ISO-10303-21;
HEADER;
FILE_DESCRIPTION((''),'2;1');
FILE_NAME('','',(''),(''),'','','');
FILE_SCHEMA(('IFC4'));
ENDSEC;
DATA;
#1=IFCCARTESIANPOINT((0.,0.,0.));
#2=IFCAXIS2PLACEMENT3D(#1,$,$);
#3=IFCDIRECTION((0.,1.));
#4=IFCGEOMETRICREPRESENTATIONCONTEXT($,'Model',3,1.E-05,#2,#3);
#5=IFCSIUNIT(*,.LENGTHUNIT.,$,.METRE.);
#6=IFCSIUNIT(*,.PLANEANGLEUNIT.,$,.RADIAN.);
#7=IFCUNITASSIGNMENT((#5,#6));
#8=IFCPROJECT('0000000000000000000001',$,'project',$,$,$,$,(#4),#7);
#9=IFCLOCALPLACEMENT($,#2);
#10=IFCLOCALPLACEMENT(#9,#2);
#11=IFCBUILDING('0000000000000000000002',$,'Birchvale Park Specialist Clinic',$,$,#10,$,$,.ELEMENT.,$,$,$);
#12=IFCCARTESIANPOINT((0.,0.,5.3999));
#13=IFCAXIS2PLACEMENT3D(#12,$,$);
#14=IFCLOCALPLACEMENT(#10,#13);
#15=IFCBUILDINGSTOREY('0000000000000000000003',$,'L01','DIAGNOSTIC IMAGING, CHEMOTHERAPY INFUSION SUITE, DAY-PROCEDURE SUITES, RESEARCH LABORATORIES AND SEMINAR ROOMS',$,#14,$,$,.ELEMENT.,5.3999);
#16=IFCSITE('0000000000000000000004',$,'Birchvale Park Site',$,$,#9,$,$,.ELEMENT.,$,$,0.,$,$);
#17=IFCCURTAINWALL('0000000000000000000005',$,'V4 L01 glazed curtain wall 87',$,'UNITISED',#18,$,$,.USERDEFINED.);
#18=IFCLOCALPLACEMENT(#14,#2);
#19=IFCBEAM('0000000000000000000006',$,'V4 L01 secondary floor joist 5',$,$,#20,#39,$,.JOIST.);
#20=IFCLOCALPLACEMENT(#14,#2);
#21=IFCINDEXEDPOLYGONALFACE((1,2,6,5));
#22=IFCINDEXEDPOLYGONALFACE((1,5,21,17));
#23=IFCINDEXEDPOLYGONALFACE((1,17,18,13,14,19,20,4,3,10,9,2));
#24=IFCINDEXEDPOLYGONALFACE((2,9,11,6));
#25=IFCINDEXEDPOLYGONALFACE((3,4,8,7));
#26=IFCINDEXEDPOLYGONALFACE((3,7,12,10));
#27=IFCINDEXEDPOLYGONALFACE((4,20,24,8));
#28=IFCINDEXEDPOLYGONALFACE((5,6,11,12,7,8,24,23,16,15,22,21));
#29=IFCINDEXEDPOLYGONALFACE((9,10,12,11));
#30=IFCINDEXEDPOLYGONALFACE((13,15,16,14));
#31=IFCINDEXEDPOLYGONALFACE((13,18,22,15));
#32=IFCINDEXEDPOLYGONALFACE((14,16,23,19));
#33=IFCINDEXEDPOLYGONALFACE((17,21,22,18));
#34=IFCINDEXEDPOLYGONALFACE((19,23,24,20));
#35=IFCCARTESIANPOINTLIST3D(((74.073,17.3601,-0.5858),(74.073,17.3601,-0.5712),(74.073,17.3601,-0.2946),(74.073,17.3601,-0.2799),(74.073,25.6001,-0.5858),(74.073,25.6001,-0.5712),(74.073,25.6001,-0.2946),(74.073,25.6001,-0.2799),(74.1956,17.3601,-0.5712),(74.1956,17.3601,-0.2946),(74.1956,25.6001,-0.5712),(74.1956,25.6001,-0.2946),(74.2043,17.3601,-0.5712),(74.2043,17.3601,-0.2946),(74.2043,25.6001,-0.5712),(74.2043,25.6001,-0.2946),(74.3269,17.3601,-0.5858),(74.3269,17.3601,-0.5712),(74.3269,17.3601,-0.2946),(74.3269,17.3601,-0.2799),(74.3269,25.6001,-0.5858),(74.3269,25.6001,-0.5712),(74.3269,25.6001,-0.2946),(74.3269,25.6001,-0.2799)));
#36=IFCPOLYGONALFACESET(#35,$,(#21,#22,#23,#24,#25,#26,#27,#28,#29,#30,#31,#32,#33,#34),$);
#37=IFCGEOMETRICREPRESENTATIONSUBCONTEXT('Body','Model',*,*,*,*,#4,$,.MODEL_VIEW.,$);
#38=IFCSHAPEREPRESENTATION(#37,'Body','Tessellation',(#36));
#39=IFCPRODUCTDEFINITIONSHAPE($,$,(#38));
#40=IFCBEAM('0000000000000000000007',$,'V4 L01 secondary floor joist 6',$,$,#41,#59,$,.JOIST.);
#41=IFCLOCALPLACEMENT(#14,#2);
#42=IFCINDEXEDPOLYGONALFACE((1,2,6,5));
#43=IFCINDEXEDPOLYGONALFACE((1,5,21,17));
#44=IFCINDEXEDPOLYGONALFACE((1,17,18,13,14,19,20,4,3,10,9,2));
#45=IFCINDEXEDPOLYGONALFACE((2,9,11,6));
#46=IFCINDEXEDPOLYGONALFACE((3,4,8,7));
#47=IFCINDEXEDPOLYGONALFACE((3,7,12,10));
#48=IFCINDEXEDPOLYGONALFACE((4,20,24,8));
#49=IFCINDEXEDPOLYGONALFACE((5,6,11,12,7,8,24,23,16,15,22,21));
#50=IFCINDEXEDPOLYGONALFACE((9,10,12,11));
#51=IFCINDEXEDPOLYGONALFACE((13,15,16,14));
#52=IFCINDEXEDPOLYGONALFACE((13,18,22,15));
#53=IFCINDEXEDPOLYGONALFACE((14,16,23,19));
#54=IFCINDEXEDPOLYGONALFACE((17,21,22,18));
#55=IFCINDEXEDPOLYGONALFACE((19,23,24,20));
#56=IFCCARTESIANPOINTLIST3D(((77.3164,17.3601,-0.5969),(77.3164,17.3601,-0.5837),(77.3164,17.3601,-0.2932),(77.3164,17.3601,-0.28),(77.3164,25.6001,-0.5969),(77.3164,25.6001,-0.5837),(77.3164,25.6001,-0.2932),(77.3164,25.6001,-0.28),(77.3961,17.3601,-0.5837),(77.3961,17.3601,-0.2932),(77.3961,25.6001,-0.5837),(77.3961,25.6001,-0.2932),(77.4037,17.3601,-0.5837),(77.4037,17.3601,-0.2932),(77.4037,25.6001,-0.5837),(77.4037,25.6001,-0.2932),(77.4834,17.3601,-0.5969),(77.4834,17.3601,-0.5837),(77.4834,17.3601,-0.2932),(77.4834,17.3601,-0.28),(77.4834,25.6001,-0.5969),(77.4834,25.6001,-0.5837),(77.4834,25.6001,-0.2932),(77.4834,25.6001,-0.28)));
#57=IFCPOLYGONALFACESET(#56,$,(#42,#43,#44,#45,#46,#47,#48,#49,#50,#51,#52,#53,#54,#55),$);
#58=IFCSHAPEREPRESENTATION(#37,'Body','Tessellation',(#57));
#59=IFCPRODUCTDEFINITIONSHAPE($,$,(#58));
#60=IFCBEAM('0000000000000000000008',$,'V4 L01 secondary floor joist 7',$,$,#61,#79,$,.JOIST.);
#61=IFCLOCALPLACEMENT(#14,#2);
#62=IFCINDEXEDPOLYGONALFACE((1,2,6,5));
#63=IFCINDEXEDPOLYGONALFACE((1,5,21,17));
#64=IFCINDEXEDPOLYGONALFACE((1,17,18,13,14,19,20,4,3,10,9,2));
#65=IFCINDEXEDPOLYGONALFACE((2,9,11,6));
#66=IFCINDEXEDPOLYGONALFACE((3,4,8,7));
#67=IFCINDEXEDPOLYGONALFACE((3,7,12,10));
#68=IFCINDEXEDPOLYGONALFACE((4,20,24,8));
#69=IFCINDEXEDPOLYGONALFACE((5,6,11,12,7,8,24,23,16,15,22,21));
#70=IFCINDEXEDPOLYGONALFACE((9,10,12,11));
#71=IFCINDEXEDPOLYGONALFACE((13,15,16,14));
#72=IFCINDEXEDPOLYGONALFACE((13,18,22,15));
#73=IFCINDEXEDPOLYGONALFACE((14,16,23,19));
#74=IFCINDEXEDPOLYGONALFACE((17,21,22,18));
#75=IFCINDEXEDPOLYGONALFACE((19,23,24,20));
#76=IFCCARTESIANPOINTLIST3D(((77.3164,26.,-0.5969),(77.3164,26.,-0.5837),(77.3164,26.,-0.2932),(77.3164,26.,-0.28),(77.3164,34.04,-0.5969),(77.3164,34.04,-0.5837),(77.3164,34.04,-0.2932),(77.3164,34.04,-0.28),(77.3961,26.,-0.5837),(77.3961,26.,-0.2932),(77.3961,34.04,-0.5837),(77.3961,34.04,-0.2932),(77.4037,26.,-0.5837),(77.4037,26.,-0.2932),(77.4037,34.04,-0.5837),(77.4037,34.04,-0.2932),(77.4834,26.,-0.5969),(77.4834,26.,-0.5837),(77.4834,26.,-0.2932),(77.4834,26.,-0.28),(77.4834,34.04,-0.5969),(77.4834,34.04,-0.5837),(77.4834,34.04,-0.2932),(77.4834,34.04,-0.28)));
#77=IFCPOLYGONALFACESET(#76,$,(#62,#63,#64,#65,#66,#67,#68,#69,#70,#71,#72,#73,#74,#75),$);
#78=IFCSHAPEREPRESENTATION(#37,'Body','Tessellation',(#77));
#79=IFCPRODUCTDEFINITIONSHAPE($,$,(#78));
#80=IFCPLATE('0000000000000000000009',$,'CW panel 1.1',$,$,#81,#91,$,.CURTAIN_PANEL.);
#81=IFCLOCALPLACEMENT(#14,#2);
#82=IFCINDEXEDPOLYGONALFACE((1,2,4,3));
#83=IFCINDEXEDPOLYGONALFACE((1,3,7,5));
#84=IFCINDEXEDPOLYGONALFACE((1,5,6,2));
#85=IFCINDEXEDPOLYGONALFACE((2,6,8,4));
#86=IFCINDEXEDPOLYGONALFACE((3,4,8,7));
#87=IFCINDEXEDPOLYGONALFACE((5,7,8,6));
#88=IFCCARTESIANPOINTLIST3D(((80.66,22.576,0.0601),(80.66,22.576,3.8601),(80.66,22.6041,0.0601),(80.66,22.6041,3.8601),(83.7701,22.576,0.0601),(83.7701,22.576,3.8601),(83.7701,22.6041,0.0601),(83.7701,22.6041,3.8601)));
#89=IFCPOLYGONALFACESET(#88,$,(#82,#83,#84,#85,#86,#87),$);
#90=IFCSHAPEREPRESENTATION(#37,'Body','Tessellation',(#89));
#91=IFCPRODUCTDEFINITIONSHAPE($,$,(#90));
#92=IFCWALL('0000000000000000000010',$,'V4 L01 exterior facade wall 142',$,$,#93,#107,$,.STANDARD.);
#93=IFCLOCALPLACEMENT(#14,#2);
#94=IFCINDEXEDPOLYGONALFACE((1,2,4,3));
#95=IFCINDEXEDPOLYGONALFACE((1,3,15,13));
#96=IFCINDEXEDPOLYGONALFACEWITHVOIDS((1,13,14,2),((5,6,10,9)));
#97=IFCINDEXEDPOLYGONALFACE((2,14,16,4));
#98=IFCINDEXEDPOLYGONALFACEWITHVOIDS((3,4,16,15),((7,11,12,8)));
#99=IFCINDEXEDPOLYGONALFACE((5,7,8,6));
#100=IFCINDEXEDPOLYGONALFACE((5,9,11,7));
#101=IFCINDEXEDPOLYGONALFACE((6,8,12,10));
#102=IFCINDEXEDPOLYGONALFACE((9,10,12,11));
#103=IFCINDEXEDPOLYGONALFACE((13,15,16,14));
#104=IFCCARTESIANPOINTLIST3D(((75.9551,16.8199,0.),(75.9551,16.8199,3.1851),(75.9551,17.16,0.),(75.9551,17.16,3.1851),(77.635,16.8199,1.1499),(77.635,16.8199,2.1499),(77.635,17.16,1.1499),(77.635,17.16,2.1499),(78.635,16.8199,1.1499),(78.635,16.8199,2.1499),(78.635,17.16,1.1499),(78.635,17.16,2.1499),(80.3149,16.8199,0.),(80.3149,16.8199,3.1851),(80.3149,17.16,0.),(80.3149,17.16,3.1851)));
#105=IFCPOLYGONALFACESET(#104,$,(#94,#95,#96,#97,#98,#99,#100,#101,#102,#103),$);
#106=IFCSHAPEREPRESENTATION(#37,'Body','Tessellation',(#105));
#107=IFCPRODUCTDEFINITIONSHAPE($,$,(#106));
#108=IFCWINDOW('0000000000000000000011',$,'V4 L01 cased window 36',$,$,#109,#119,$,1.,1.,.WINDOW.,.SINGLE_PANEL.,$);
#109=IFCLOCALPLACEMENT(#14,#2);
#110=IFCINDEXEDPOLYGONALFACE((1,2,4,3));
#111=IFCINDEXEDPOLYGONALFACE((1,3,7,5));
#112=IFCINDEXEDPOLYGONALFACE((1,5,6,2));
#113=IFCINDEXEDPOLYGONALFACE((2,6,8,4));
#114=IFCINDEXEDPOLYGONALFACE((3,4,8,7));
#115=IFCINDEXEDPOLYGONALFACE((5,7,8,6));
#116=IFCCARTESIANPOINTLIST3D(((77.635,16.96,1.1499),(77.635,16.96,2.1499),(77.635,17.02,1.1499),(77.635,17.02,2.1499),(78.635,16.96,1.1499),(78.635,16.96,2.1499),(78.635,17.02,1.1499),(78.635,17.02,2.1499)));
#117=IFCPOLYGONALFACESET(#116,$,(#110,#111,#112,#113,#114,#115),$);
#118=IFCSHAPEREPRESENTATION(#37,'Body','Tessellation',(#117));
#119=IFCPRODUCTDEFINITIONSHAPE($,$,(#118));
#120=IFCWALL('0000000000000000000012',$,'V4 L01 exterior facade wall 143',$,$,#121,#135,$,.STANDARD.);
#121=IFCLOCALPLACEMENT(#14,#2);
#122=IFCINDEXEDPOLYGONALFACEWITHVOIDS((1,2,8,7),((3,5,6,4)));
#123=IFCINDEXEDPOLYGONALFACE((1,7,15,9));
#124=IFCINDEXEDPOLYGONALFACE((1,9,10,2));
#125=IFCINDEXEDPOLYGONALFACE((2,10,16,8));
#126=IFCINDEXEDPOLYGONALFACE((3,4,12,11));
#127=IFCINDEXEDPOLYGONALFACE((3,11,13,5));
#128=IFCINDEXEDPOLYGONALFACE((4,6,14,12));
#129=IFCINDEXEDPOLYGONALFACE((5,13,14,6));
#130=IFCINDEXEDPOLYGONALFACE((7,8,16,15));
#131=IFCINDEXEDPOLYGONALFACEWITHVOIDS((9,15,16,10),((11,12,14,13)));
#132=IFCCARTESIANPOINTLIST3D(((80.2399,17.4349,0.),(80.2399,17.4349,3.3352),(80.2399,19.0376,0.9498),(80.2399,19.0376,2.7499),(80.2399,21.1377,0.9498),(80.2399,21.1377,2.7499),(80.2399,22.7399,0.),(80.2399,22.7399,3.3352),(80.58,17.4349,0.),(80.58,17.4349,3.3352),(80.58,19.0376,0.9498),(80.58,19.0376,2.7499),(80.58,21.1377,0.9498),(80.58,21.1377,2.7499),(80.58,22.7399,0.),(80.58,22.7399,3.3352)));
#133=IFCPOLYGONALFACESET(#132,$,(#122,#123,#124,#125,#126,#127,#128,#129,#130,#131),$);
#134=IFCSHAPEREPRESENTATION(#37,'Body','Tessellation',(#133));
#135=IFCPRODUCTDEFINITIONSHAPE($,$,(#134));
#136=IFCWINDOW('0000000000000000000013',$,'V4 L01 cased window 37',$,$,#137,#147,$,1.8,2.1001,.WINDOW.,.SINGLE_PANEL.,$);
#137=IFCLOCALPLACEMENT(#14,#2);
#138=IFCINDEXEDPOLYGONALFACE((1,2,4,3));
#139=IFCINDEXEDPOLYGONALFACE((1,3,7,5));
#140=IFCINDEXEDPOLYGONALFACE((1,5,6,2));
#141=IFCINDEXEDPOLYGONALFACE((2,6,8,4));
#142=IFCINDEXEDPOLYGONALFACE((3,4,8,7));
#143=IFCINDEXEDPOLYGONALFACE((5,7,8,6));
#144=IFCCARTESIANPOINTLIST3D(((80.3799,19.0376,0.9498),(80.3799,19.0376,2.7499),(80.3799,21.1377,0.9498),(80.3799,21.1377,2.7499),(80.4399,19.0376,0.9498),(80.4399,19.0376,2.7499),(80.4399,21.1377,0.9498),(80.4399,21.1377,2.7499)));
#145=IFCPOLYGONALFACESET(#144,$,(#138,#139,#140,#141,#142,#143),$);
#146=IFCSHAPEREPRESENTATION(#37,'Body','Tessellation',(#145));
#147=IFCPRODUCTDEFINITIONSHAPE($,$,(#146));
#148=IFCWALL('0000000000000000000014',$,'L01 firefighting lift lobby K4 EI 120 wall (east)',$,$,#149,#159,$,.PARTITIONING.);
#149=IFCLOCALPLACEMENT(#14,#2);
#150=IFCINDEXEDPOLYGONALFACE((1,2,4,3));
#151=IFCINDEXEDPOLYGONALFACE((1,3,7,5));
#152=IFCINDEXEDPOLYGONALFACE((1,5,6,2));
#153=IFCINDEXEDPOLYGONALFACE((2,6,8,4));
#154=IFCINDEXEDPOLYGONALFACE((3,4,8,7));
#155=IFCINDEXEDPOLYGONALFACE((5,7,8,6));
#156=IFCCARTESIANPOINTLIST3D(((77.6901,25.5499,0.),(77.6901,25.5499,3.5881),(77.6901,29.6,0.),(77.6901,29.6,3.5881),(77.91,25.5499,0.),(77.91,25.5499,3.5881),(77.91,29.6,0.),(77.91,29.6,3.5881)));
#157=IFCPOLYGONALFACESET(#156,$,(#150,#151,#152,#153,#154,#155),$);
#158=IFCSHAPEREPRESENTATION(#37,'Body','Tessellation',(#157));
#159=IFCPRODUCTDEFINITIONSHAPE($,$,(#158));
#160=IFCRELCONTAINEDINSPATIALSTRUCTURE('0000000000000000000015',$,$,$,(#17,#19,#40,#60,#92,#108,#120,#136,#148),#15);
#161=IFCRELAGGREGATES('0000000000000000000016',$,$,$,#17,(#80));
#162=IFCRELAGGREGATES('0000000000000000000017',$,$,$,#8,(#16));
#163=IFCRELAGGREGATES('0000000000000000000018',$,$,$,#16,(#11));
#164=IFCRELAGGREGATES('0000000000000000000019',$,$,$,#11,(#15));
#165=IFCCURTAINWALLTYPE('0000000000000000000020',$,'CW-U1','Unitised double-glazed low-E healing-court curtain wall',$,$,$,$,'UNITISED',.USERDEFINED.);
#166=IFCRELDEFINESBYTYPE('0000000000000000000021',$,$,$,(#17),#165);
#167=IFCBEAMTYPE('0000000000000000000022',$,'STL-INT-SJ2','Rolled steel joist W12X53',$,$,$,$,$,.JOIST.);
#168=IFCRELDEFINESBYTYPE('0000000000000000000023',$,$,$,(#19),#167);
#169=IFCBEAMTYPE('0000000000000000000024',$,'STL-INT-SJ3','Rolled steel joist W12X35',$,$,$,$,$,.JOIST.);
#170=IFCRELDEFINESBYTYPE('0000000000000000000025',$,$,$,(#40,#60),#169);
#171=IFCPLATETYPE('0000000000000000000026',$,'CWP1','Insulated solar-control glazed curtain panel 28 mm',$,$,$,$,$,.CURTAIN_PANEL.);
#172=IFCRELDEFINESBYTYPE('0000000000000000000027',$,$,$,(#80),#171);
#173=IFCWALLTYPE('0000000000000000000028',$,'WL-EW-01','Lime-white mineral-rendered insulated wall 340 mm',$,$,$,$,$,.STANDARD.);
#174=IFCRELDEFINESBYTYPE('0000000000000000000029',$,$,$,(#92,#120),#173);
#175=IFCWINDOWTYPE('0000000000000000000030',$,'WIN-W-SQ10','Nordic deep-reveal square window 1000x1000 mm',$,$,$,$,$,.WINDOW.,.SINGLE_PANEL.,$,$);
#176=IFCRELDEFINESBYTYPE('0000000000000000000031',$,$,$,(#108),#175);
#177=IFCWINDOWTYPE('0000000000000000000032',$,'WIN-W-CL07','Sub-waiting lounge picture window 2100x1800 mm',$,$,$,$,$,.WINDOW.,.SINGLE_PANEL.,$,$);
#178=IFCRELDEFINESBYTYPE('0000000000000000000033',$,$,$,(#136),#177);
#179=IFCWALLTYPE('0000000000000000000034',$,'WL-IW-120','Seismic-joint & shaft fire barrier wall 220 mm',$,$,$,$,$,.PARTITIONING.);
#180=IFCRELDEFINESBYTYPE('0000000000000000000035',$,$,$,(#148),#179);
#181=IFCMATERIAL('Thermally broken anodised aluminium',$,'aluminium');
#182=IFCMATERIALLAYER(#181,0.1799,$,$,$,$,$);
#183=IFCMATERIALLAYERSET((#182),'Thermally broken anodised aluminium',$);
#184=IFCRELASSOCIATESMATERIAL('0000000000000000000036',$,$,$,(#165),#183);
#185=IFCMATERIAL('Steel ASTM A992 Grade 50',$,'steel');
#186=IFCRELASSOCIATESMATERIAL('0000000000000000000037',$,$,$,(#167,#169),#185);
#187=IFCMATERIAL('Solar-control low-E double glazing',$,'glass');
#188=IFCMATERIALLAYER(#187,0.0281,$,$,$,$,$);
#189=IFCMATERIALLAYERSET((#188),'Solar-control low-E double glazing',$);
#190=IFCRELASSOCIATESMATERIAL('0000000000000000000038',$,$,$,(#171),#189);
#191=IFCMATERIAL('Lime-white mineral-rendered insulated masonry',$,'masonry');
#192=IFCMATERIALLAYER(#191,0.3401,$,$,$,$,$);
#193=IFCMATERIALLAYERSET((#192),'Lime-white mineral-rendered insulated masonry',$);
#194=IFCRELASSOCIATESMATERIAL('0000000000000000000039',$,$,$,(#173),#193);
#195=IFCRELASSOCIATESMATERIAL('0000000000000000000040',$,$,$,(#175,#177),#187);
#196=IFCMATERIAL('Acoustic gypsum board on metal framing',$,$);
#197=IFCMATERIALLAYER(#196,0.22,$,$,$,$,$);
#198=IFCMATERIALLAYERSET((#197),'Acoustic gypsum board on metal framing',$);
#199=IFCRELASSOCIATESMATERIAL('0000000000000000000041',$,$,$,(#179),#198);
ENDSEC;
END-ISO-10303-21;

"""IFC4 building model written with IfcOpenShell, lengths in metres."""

from ifc_helpers import new_model, si_unit, direction, frame, frame_2d, origin, origin_2d, place, context, subcontext, project, spatial, rectangle, i_section, extrude, material, layer, layer_set, material_profile, profile_set, type_object, element, fill, aggregate, save


model = new_model("IFC4")

# Units and contexts
model_context = context("Model", 3, precision=1e-05, world=origin(), true_north=direction((0.0, 1.0)))
body_context = subcontext(model_context, "Body", "Model", "MODEL_VIEW")
ifc_project = project(units=[si_unit("LENGTHUNIT", "METRE"), si_unit("PLANEANGLEUNIT", "RADIAN")], contexts=[model_context])

# Site, building, storey
site_placement = place(None, origin())
site = spatial("IfcSite", under=ifc_project, at=site_placement, Name="Birchvale Park Site", CompositionType="ELEMENT", RefElevation=0.0)
building_placement = place(site_placement, origin())
building = spatial("IfcBuilding", under=site, at=building_placement, Name="Birchvale Park Specialist Clinic", CompositionType="ELEMENT")
storey_placement = place(building_placement, frame((0.0, 0.0, 5.3999)))
storey = spatial("IfcBuildingStorey", under=building, at=storey_placement, Name="L01", Description="DIAGNOSTIC IMAGING, CHEMOTHERAPY INFUSION SUITE, DAY-PROCEDURE SUITES, RESEARCH LABORATORIES AND SEMINAR ROOMS", CompositionType="ELEMENT", Elevation=5.3999)

# Curtain wall
ifc_material_1 = material(Name="Thermally broken anodised aluminium", Category="aluminium")
ifc_layer_1 = layer(ifc_material_1, 0.1799)
ifc_layer_set_1 = layer_set([ifc_layer_1], Name="Thermally broken anodised aluminium")
curtain_wall_type = type_object("IfcCurtainWallType", Name="CW-U1", Description="Unitised double-glazed low-E healing-court curtain wall", ElementType="UNITISED", PredefinedType="USERDEFINED", material=ifc_layer_set_1)
curtain_wall_placement = place(storey_placement, origin())
curtain_wall = element("IfcCurtainWall", 1, at=curtain_wall_placement, inside=storey, type_object=curtain_wall_type, Name="V4 L01 glazed curtain wall 87", ObjectType="UNITISED", PredefinedType="USERDEFINED")

# Beams
ifc_material_2 = material(Name="Steel ASTM A992 Grade 50", Category="steel")
ifc_material_profile_1 = material_profile(ifc_material_2, i_section(OverallWidth=0.2539, OverallDepth=0.3059, WebThickness=0.0088, FlangeThickness=0.0146, at=origin_2d()), Name="W12X53")
ifc_profile_set_1 = profile_set([ifc_material_profile_1], Name="Steel ASTM A992 Grade 50")
beam_type_1 = type_object("IfcBeamType", Name="STL-INT-SJ2", Description="Rolled steel joist W12X53", PredefinedType="JOIST", material=ifc_profile_set_1)
beam_1_placement = place(storey_placement, frame((74.2, 17.3601, -0.4329), z_axis=(0.0, 1.0, 0.0), x_axis=(-1.0, 0.0, 0.0)))
element("IfcBeam", 2, at=beam_1_placement, inside=storey, type_object=beam_type_1, Name="V4 L01 secondary floor joist 5", PredefinedType="JOIST", context=body_context, shape_type="SweptSolid", body=[
    extrude(i_section(OverallWidth=0.2539, OverallDepth=0.3059, WebThickness=0.0088, FlangeThickness=0.0146, at=origin_2d()), origin(), (0.0, 0.0, 1.0), 8.24),
])
ifc_material_profile_2 = material_profile(ifc_material_2, i_section(OverallWidth=0.167, OverallDepth=0.3169, WebThickness=0.0076, FlangeThickness=0.0132, at=origin_2d()), Name="W12X35")
ifc_profile_set_2 = profile_set([ifc_material_profile_2], Name="Steel ASTM A992 Grade 50")
beam_type_2 = type_object("IfcBeamType", Name="STL-INT-SJ3", Description="Rolled steel joist W12X35", PredefinedType="JOIST", material=ifc_profile_set_2)
beam_2_placement = place(storey_placement, frame((77.3999, 17.3601, -0.4385), z_axis=(0.0, 1.0, 0.0), x_axis=(-1.0, 0.0, 0.0)))
element("IfcBeam", 3, at=beam_2_placement, inside=storey, type_object=beam_type_2, Name="V4 L01 secondary floor joist 6", PredefinedType="JOIST", context=body_context, shape_type="SweptSolid", body=[
    extrude(i_section(OverallWidth=0.167, OverallDepth=0.3169, WebThickness=0.0076, FlangeThickness=0.0132, at=origin_2d()), origin(), (0.0, 0.0, 1.0), 8.24),
])
beam_3_placement = place(storey_placement, frame((77.3999, 26.0, -0.4385), z_axis=(0.0, 1.0, 0.0), x_axis=(-1.0, 0.0, 0.0)))
element("IfcBeam", 4, at=beam_3_placement, inside=storey, type_object=beam_type_2, Name="V4 L01 secondary floor joist 7", PredefinedType="JOIST", context=body_context, shape_type="SweptSolid", body=[
    extrude(i_section(OverallWidth=0.167, OverallDepth=0.3169, WebThickness=0.0076, FlangeThickness=0.0132, at=origin_2d()), origin(), (0.0, 0.0, 1.0), 8.04),
])

# Plate
ifc_material_3 = material(Name="Solar-control low-E double glazing", Category="glass")
ifc_layer_2 = layer(ifc_material_3, 0.0281)
ifc_layer_set_2 = layer_set([ifc_layer_2], Name="Solar-control low-E double glazing")
plate_type = type_object("IfcPlateType", Name="CWP1", Description="Insulated solar-control glazed curtain panel 28 mm", PredefinedType="CURTAIN_PANEL", material=ifc_layer_set_2)
plate_placement = place(storey_placement, frame((82.2151, 22.5901, 0.0601), z_axis=(0.0, 0.0, 1.0), x_axis=(1.0, 0.0, 0.0)))
plate = element("IfcPlate", 5, at=plate_placement, type_object=plate_type, Name="CW panel 1.1", PredefinedType="CURTAIN_PANEL", context=body_context, shape_type="SweptSolid", body=[
    extrude(rectangle(XDim=3.1101, YDim=0.0281, at=origin_2d()), origin(), (0.0, 0.0, 1.0), 3.8),
])
aggregate(curtain_wall, [plate])

# Walls, openings, windows
ifc_material_4 = material(Name="Lime-white mineral-rendered insulated masonry", Category="masonry")
ifc_layer_3 = layer(ifc_material_4, 0.3401)
ifc_layer_set_3 = layer_set([ifc_layer_3], Name="Lime-white mineral-rendered insulated masonry")
wall_type_1 = type_object("IfcWallType", Name="WL-EW-01", Description="Lime-white mineral-rendered insulated wall 340 mm", PredefinedType="STANDARD", material=ifc_layer_set_3)
wall_1_placement = place(storey_placement, frame((75.9551, 16.99, 0.0), z_axis=(0.0, 0.0, 1.0), x_axis=(1.0, 0.0, 0.0)))
wall_1 = element("IfcWall", 6, at=wall_1_placement, inside=storey, type_object=wall_type_1, Name="V4 L01 exterior facade wall 142", PredefinedType="STANDARD", context=body_context, shape_type="SweptSolid", body=[
    extrude(rectangle(XDim=4.3599, YDim=0.3401, at=frame_2d((2.1799, 0.0))), origin(), (0.0, 0.0, 1.0), 3.1851),
])
opening_1_placement = place(wall_1_placement, frame((1.6799, 0.0, 1.1499)))
opening_1 = element("IfcOpeningElement", 7, at=opening_1_placement, cuts=wall_1, PredefinedType="OPENING", context=body_context, shape_type="SweptSolid", body=[
    extrude(rectangle(XDim=1.0, YDim=1.0, at=frame_2d((0.5, 0.5))), frame((0.0, 0.1802, 0.0), z_axis=(0.0, -1.0, 0.0), x_axis=(1.0, 0.0, 0.0)), (0.0, 0.0, 1.0), 0.3601),
])
window_type_1 = type_object("IfcWindowType", Name="WIN-W-SQ10", Description="Nordic deep-reveal square window 1000x1000 mm", PartitioningType="SINGLE_PANEL", PredefinedType="WINDOW", material=ifc_material_3)
window_1_placement = place(opening_1_placement, origin())
window_1 = element("IfcWindow", 8, at=window_1_placement, inside=storey, type_object=window_type_1, Name="V4 L01 cased window 36", OverallHeight=1.0, OverallWidth=1.0, PartitioningType="SINGLE_PANEL", PredefinedType="WINDOW", context=body_context, shape_type="SweptSolid", body=[
    extrude(rectangle(XDim=1.0, YDim=1.0, at=frame_2d((0.5, 0.5))), frame((0.0, 0.03, 0.0), z_axis=(0.0, -1.0, 0.0), x_axis=(1.0, 0.0, 0.0)), (0.0, 0.0, 1.0), 0.0601),
])
fill(opening_1, window_1)
wall_2_placement = place(storey_placement, frame((80.4099, 17.4351, 0.0), z_axis=(0.0, 0.0, 1.0), x_axis=(0.0, 1.0, 0.0)))
wall_2 = element("IfcWall", 9, at=wall_2_placement, inside=storey, type_object=wall_type_1, Name="V4 L01 exterior facade wall 143", PredefinedType="STANDARD", context=body_context, shape_type="SweptSolid", body=[
    extrude(rectangle(XDim=5.3049, YDim=0.3401, at=frame_2d((2.6523, 0.0))), origin(), (0.0, 0.0, 1.0), 3.3352),
])
opening_2_placement = place(wall_2_placement, frame((1.6025, 0.0, 0.95)))
opening_2 = element("IfcOpeningElement", 10, at=opening_2_placement, cuts=wall_2, PredefinedType="OPENING", context=body_context, shape_type="SweptSolid", body=[
    extrude(rectangle(XDim=2.1001, YDim=1.8, at=frame_2d((1.05, 0.8999))), frame((0.0, 0.1802, 0.0), z_axis=(0.0, -1.0, 0.0), x_axis=(1.0, 0.0, 0.0)), (0.0, 0.0, 1.0), 0.3601),
])
window_type_2 = type_object("IfcWindowType", Name="WIN-W-CL07", Description="Sub-waiting lounge picture window 2100x1800 mm", PartitioningType="SINGLE_PANEL", PredefinedType="WINDOW", material=ifc_material_3)
window_2_placement = place(opening_2_placement, origin())
window_2 = element("IfcWindow", 11, at=window_2_placement, inside=storey, type_object=window_type_2, Name="V4 L01 cased window 37", OverallHeight=1.8, OverallWidth=2.1001, PartitioningType="SINGLE_PANEL", PredefinedType="WINDOW", context=body_context, shape_type="SweptSolid", body=[
    extrude(rectangle(XDim=2.1001, YDim=1.8, at=frame_2d((1.05, 0.8999))), frame((0.0, 0.03, 0.0), z_axis=(0.0, -1.0, 0.0), x_axis=(1.0, 0.0, 0.0)), (0.0, 0.0, 1.0), 0.0601),
])
fill(opening_2, window_2)

# Wall
ifc_material_5 = material(Name="Acoustic gypsum board on metal framing")
ifc_layer_4 = layer(ifc_material_5, 0.22)
ifc_layer_set_4 = layer_set([ifc_layer_4], Name="Acoustic gypsum board on metal framing")
wall_type_2 = type_object("IfcWallType", Name="WL-IW-120", Description="Seismic-joint & shaft fire barrier wall 220 mm", PredefinedType="PARTITIONING", material=ifc_layer_set_4)
wall_3_placement = place(storey_placement, frame((77.8, 25.55, 0.0), z_axis=(0.0, 0.0, 1.0), x_axis=(0.0, 1.0, 0.0)))
element("IfcWall", 12, at=wall_3_placement, inside=storey, type_object=wall_type_2, Name="L01 firefighting lift lobby K4 EI 120 wall (east)", PredefinedType="PARTITIONING", context=body_context, shape_type="SweptSolid", body=[
    extrude(rectangle(XDim=4.05, YDim=0.22, at=frame_2d((2.0249, 0.0))), origin(), (0.0, 0.0, 1.0), 3.5881),
])

save(model, "model.ifc")
